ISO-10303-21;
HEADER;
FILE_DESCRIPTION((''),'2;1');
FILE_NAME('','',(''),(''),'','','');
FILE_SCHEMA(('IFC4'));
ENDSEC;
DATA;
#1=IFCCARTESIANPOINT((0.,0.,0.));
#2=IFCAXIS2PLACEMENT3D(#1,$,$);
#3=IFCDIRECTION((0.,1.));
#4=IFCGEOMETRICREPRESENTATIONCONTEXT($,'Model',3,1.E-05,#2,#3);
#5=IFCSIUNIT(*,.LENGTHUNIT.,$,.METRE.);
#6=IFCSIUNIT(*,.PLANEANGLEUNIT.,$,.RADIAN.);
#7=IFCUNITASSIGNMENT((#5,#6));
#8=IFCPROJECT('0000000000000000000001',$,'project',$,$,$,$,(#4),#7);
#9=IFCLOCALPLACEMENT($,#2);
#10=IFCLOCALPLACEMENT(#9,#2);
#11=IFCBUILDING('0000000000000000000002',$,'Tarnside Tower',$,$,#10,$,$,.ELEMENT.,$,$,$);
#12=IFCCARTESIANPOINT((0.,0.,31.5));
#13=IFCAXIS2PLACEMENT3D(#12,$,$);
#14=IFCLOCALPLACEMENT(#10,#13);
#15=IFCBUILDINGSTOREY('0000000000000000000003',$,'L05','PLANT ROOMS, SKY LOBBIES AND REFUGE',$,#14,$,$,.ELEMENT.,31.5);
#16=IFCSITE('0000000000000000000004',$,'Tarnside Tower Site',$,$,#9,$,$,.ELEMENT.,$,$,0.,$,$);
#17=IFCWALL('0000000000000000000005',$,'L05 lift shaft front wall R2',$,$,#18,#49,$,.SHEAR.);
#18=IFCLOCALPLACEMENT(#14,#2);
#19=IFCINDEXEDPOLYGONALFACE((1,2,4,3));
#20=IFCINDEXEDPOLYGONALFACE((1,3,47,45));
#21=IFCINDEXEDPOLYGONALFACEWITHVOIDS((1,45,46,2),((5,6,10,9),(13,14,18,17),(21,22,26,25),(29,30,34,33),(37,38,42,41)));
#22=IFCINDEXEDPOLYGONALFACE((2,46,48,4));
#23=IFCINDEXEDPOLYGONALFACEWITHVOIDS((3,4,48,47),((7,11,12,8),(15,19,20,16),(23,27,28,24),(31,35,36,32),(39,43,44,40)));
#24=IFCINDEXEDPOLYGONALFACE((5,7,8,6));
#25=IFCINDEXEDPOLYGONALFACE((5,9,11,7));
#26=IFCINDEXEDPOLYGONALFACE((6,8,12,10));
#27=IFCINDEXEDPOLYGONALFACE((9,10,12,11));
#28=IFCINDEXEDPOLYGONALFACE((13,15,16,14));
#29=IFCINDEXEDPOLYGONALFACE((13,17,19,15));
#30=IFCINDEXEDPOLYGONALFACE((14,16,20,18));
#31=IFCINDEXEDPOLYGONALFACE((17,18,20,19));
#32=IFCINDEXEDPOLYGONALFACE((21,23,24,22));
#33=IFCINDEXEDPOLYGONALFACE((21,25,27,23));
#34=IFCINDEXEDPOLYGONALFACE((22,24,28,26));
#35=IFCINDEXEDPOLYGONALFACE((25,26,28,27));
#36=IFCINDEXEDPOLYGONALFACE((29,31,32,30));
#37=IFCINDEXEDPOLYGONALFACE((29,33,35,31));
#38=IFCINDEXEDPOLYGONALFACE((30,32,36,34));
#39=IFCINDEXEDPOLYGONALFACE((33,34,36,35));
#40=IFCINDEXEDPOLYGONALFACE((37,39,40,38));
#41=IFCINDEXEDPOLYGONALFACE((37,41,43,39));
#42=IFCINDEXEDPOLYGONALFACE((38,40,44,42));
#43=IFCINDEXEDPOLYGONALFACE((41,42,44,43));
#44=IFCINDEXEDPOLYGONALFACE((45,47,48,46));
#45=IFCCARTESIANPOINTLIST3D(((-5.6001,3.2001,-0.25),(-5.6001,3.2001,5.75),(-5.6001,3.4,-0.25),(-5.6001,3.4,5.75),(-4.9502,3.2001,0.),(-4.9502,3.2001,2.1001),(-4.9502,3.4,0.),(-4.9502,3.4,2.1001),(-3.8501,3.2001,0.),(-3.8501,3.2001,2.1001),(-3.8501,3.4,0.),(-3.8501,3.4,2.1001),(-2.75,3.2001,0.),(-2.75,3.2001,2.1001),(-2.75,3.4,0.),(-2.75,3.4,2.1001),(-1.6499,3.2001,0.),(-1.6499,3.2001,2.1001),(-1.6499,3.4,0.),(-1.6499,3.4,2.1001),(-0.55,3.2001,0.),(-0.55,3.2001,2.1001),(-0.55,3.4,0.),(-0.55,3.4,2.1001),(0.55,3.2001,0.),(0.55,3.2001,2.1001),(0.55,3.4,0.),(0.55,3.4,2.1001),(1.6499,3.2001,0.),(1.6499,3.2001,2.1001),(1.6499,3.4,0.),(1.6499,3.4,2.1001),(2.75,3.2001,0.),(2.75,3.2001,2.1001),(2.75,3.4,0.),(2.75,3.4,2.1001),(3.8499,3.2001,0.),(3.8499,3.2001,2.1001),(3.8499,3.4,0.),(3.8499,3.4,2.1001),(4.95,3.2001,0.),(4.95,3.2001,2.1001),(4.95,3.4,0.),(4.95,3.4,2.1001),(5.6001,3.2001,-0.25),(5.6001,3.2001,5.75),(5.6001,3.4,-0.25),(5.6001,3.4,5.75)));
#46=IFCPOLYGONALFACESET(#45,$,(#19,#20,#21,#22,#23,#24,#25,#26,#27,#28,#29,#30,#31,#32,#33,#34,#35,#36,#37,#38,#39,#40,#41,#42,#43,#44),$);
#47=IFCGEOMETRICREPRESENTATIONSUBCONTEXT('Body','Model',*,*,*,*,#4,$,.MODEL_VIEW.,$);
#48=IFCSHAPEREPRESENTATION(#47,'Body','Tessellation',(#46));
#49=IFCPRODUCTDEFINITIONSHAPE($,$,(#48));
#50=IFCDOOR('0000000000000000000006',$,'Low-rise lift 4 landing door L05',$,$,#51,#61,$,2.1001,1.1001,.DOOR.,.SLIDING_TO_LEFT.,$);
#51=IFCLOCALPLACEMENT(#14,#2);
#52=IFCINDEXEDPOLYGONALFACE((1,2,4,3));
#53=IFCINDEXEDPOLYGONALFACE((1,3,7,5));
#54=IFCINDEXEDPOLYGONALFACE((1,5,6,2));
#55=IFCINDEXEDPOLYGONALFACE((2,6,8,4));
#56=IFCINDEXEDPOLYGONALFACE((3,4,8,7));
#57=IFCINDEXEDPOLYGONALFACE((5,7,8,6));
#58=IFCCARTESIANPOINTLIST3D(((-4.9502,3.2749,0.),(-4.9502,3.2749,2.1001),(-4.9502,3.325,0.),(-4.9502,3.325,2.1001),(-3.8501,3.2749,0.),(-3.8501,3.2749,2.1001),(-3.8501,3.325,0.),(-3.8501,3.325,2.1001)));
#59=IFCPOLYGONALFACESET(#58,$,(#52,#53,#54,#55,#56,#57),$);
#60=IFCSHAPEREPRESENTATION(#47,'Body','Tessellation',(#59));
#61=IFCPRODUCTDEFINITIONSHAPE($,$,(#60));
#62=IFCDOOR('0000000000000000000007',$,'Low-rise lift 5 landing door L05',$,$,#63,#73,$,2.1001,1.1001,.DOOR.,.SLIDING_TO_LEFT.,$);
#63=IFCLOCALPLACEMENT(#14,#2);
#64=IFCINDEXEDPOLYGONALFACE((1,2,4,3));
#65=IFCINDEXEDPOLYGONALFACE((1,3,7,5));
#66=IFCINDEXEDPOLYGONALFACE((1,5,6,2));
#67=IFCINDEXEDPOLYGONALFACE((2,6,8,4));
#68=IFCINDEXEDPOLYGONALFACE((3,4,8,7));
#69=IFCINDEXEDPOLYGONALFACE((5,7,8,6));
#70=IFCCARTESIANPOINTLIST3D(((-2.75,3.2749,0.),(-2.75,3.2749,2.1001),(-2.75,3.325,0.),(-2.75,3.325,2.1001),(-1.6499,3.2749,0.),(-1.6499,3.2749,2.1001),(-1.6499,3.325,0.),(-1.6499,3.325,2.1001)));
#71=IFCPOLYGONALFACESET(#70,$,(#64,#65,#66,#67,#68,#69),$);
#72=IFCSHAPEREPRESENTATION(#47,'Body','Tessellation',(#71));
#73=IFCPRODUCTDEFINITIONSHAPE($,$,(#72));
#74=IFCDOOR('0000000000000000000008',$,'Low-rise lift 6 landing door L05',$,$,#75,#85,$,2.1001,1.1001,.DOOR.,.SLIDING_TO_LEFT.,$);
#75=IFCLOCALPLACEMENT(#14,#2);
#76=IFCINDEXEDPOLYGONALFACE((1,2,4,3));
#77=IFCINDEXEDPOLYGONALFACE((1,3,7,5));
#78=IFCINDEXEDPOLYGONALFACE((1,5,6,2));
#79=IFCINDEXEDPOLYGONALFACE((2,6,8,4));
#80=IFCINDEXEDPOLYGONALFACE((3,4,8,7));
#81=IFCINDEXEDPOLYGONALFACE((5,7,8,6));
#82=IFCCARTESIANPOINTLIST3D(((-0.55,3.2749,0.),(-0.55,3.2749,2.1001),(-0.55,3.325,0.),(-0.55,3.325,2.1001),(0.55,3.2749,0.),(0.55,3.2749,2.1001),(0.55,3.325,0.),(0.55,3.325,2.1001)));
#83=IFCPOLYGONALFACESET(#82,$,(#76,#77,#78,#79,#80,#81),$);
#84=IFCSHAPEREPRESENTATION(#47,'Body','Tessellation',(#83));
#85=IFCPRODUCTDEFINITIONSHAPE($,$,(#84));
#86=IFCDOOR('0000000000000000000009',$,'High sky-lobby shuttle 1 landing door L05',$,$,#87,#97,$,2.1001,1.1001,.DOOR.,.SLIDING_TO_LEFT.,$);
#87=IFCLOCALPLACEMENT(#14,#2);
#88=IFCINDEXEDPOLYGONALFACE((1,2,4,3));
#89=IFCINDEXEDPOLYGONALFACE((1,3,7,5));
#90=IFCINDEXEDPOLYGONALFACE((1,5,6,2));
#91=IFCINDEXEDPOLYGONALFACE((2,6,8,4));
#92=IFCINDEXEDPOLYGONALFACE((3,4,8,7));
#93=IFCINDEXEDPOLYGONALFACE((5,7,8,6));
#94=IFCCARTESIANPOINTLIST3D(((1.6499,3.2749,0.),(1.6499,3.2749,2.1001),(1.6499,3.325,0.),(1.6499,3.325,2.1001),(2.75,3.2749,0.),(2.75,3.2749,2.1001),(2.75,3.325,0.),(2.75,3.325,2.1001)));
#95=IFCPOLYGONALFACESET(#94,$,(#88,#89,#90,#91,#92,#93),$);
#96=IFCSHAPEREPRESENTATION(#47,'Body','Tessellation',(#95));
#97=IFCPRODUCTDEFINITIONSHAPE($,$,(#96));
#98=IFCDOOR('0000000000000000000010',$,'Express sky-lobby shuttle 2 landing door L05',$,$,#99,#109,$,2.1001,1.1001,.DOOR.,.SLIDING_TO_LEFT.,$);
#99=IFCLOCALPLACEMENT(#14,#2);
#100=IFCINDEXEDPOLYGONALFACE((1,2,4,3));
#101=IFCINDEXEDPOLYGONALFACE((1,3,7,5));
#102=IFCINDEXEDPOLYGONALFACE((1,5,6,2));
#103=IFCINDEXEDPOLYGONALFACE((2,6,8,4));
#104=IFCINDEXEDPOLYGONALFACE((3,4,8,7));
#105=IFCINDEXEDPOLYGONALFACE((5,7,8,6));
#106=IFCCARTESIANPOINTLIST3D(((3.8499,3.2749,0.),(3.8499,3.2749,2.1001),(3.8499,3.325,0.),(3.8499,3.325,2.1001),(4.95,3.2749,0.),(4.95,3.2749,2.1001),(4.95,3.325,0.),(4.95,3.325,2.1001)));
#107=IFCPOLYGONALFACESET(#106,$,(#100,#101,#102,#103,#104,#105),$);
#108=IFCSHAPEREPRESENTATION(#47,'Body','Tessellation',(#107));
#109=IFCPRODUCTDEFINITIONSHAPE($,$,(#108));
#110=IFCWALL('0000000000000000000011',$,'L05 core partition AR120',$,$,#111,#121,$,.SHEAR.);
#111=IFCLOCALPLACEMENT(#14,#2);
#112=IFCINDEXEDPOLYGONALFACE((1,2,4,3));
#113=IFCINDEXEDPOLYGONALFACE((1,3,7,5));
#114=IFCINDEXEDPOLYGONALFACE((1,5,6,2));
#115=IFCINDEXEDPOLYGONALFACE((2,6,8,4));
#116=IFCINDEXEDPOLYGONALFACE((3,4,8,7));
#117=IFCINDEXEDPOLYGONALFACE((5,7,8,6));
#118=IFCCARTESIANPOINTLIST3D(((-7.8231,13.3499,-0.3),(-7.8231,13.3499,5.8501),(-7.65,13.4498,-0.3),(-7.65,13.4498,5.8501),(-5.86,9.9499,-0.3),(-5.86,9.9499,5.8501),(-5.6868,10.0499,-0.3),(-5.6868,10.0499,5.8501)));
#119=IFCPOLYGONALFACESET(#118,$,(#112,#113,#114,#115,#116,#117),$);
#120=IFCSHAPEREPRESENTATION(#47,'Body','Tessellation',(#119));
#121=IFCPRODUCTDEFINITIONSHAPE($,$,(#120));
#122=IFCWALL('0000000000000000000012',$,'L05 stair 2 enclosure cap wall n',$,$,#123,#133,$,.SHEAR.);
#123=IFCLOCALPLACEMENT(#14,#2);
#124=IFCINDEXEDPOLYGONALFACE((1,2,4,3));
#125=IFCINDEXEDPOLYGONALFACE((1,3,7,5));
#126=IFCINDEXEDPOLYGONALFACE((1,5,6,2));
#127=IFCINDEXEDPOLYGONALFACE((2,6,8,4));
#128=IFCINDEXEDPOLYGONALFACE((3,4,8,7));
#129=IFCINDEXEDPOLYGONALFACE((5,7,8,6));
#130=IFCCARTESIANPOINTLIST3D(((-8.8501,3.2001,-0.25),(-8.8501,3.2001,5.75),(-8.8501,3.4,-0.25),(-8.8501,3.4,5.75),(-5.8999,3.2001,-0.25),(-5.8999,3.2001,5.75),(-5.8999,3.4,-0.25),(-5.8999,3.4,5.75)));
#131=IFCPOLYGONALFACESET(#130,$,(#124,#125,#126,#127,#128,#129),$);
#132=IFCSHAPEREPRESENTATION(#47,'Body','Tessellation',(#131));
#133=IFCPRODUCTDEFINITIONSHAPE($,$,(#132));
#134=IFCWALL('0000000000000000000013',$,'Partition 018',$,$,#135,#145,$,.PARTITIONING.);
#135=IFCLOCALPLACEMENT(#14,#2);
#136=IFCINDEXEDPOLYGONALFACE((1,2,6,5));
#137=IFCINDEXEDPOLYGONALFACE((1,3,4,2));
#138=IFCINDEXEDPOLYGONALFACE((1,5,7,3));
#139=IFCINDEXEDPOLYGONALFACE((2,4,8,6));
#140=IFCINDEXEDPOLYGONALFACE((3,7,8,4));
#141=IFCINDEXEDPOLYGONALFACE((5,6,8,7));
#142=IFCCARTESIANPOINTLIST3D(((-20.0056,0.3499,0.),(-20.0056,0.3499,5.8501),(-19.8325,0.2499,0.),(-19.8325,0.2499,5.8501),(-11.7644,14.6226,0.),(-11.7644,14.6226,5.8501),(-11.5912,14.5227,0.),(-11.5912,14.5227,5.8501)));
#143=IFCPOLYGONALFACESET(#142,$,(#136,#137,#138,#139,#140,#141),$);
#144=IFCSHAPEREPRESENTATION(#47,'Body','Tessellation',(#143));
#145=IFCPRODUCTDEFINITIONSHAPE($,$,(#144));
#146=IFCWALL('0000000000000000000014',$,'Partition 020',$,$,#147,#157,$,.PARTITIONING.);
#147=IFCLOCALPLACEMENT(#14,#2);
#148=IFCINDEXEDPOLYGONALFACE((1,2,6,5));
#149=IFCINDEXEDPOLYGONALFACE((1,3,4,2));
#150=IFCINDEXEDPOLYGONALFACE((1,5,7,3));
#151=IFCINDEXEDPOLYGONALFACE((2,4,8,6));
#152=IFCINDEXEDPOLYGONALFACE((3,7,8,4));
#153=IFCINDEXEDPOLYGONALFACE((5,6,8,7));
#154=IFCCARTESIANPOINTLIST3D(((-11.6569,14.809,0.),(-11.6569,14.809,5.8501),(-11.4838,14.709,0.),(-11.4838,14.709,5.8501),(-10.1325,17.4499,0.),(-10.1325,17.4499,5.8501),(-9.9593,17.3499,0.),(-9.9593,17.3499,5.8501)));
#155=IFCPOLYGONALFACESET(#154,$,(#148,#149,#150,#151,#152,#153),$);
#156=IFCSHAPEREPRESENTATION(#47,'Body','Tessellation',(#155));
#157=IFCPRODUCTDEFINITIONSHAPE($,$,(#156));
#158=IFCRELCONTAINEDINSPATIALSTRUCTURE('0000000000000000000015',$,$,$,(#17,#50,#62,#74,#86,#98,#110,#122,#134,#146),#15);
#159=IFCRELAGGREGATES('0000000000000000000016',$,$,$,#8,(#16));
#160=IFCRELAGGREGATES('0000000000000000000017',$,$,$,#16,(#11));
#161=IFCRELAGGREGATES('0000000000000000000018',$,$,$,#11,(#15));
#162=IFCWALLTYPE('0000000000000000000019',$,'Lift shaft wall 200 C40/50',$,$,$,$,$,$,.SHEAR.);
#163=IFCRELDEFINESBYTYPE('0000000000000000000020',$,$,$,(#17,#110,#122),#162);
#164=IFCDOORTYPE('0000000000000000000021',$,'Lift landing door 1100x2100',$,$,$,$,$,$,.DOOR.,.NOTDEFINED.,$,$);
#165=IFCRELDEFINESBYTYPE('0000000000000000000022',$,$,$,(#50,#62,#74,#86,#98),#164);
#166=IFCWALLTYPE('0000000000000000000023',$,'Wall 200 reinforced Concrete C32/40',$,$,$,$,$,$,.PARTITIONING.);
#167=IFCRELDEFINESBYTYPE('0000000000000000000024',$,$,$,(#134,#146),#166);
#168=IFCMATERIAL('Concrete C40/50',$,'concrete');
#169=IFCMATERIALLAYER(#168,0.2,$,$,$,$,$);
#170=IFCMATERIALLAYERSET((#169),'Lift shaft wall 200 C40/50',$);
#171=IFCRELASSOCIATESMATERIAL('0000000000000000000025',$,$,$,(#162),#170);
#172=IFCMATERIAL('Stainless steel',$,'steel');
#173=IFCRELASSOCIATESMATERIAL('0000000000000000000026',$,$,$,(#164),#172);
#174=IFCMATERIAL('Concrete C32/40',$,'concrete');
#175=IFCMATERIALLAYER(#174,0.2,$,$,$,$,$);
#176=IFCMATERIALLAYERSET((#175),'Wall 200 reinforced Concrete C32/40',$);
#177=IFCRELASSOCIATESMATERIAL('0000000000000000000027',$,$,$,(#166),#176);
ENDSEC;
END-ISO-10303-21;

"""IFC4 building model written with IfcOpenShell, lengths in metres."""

from ifc_helpers import new_model, si_unit, direction, frame, frame_2d, origin, place, context, subcontext, project, spatial, rectangle, extrude, material, layer, layer_set, type_object, element, fill, save


model = new_model("IFC4")

# Units and contexts
model_context = context("Model", 3, precision=1e-05, world=origin(), true_north=direction((0.0, 1.0)))
body_context = subcontext(model_context, "Body", "Model", "MODEL_VIEW")
ifc_project = project(units=[si_unit("LENGTHUNIT", "METRE"), si_unit("PLANEANGLEUNIT", "RADIAN")], contexts=[model_context])

# Site, building, storey
site_placement = place(None, origin())
site = spatial("IfcSite", under=ifc_project, at=site_placement, Name="Tarnside Tower Site", CompositionType="ELEMENT", RefElevation=0.0)
building_placement = place(site_placement, origin())
building = spatial("IfcBuilding", under=site, at=building_placement, Name="Tarnside Tower", CompositionType="ELEMENT")
storey_placement = place(building_placement, frame((0.0, 0.0, 31.5)))
storey = spatial("IfcBuildingStorey", under=building, at=storey_placement, Name="L05", Description="PLANT ROOMS, SKY LOBBIES AND REFUGE", CompositionType="ELEMENT", Elevation=31.5)

# Shared definitions
ifc_material_1 = material(Name="Concrete C40/50", Category="concrete")
ifc_layer_1 = layer(ifc_material_1, 0.2)
ifc_layer_set_1 = layer_set([ifc_layer_1], Name="Lift shaft wall 200 C40/50")
wall_type_1 = type_object("IfcWallType", Name="Lift shaft wall 200 C40/50", PredefinedType="SHEAR", material=ifc_layer_set_1)
ifc_material_2 = material(Name="Stainless steel", Category="steel")
door_type_1 = type_object("IfcDoorType", Name="Lift landing door 1100x2100", OperationType="NOTDEFINED", PredefinedType="DOOR", material=ifc_material_2)

# Wall, openings, doors
wall_1_placement = place(storey_placement, frame((-5.6001, 3.3, -0.25), z_axis=(0.0, 0.0, 1.0), x_axis=(1.0, 0.0, 0.0)))
wall_1 = element("IfcWall", 1, at=wall_1_placement, inside=storey, type_object=wall_type_1, Name="L05 lift shaft front wall R2", PredefinedType="SHEAR", context=body_context, shape_type="SweptSolid", body=[
    extrude(rectangle(XDim=11.2002, YDim=0.2, at=frame_2d((5.6001, 0.0))), origin(), (0.0, 0.0, 1.0), 6.0),
])
opening_1_placement = place(wall_1_placement, frame((0.6499, 0.0, 0.25)))
opening_1 = element("IfcOpeningElement", 2, at=opening_1_placement, cuts=wall_1, PredefinedType="OPENING", context=body_context, shape_type="SweptSolid", body=[
    extrude(rectangle(XDim=1.1001, YDim=2.1001, at=frame_2d((0.55, 1.05))), frame((0.0, 0.1099, 0.0), z_axis=(0.0, -1.0, 0.0), x_axis=(1.0, 0.0, 0.0)), (0.0, 0.0, 1.0), 0.22),
])
opening_2_placement = place(wall_1_placement, frame((2.8501, 0.0, 0.25)))
opening_2 = element("IfcOpeningElement", 3, at=opening_2_placement, cuts=wall_1, PredefinedType="OPENING", context=body_context, shape_type="SweptSolid", body=[
    extrude(rectangle(XDim=1.1001, YDim=2.1001, at=frame_2d((0.55, 1.05))), frame((0.0, 0.1099, 0.0), z_axis=(0.0, -1.0, 0.0), x_axis=(1.0, 0.0, 0.0)), (0.0, 0.0, 1.0), 0.22),
])
opening_3_placement = place(wall_1_placement, frame((5.05, 0.0, 0.25)))
opening_3 = element("IfcOpeningElement", 4, at=opening_3_placement, cuts=wall_1, PredefinedType="OPENING", context=body_context, shape_type="SweptSolid", body=[
    extrude(rectangle(XDim=1.1001, YDim=2.1001, at=frame_2d((0.55, 1.05))), frame((0.0, 0.1099, 0.0), z_axis=(0.0, -1.0, 0.0), x_axis=(1.0, 0.0, 0.0)), (0.0, 0.0, 1.0), 0.22),
])
opening_4_placement = place(wall_1_placement, frame((7.25, 0.0, 0.25)))
opening_4 = element("IfcOpeningElement", 5, at=opening_4_placement, cuts=wall_1, PredefinedType="OPENING", context=body_context, shape_type="SweptSolid", body=[
    extrude(rectangle(XDim=1.1001, YDim=2.1001, at=frame_2d((0.55, 1.05))), frame((0.0, 0.1099, 0.0), z_axis=(0.0, -1.0, 0.0), x_axis=(1.0, 0.0, 0.0)), (0.0, 0.0, 1.0), 0.22),
])
opening_5_placement = place(wall_1_placement, frame((9.45, 0.0, 0.25)))
opening_5 = element("IfcOpeningElement", 6, at=opening_5_placement, cuts=wall_1, PredefinedType="OPENING", context=body_context, shape_type="SweptSolid", body=[
    extrude(rectangle(XDim=1.1001, YDim=2.1001, at=frame_2d((0.55, 1.05))), frame((0.0, 0.1099, 0.0), z_axis=(0.0, -1.0, 0.0), x_axis=(1.0, 0.0, 0.0)), (0.0, 0.0, 1.0), 0.22),
])
door_1_placement = place(opening_1_placement, origin())
door_1 = element("IfcDoor", 7, at=door_1_placement, inside=storey, type_object=door_type_1, Name="Low-rise lift 4 landing door L05", OperationType="SLIDING_TO_LEFT", OverallHeight=2.1001, OverallWidth=1.1001, PredefinedType="DOOR", context=body_context, shape_type="SweptSolid", body=[
    extrude(rectangle(XDim=1.1001, YDim=2.1001, at=frame_2d((0.55, 1.05))), frame((0.0, 0.0249, 0.0), z_axis=(0.0, -1.0, 0.0), x_axis=(1.0, 0.0, 0.0)), (0.0, 0.0, 1.0), 0.05),
])
fill(opening_1, door_1)
door_2_placement = place(opening_2_placement, origin())
door_2 = element("IfcDoor", 8, at=door_2_placement, inside=storey, type_object=door_type_1, Name="Low-rise lift 5 landing door L05", OperationType="SLIDING_TO_LEFT", OverallHeight=2.1001, OverallWidth=1.1001, PredefinedType="DOOR", context=body_context, shape_type="SweptSolid", body=[
    extrude(rectangle(XDim=1.1001, YDim=2.1001, at=frame_2d((0.55, 1.05))), frame((0.0, 0.0249, 0.0), z_axis=(0.0, -1.0, 0.0), x_axis=(1.0, 0.0, 0.0)), (0.0, 0.0, 1.0), 0.05),
])
fill(opening_2, door_2)
door_3_placement = place(opening_3_placement, origin())
door_3 = element("IfcDoor", 9, at=door_3_placement, inside=storey, type_object=door_type_1, Name="Low-rise lift 6 landing door L05", OperationType="SLIDING_TO_LEFT", OverallHeight=2.1001, OverallWidth=1.1001, PredefinedType="DOOR", context=body_context, shape_type="SweptSolid", body=[
    extrude(rectangle(XDim=1.1001, YDim=2.1001, at=frame_2d((0.55, 1.05))), frame((0.0, 0.0249, 0.0), z_axis=(0.0, -1.0, 0.0), x_axis=(1.0, 0.0, 0.0)), (0.0, 0.0, 1.0), 0.05),
])
fill(opening_3, door_3)
door_4_placement = place(opening_4_placement, origin())
door_4 = element("IfcDoor", 10, at=door_4_placement, inside=storey, type_object=door_type_1, Name="High sky-lobby shuttle 1 landing door L05", OperationType="SLIDING_TO_LEFT", OverallHeight=2.1001, OverallWidth=1.1001, PredefinedType="DOOR", context=body_context, shape_type="SweptSolid", body=[
    extrude(rectangle(XDim=1.1001, YDim=2.1001, at=frame_2d((0.55, 1.05))), frame((0.0, 0.0249, 0.0), z_axis=(0.0, -1.0, 0.0), x_axis=(1.0, 0.0, 0.0)), (0.0, 0.0, 1.0), 0.05),
])
fill(opening_4, door_4)
door_5_placement = place(opening_5_placement, origin())
door_5 = element("IfcDoor", 11, at=door_5_placement, inside=storey, type_object=door_type_1, Name="Express sky-lobby shuttle 2 landing door L05", OperationType="SLIDING_TO_LEFT", OverallHeight=2.1001, OverallWidth=1.1001, PredefinedType="DOOR", context=body_context, shape_type="SweptSolid", body=[
    extrude(rectangle(XDim=1.1001, YDim=2.1001, at=frame_2d((0.55, 1.05))), frame((0.0, 0.0249, 0.0), z_axis=(0.0, -1.0, 0.0), x_axis=(1.0, 0.0, 0.0)), (0.0, 0.0, 1.0), 0.05),
])
fill(opening_5, door_5)

# Walls
wall_2_placement = place(storey_placement, frame((-5.7734, 10.0, -0.3), z_axis=(0.0, 0.0, 1.0), x_axis=(-0.500038, 0.866003, 0.0)))
element("IfcWall", 12, at=wall_2_placement, inside=storey, type_object=wall_type_1, Name="L05 core partition AR120", PredefinedType="SHEAR", context=body_context, shape_type="SweptSolid", body=[
    extrude(rectangle(XDim=3.926, YDim=0.2, at=frame_2d((1.9629, 0.0))), origin(), (0.0, 0.0, 1.0), 6.1501),
])
wall_3_placement = place(storey_placement, frame((-8.8501, 3.3, -0.25), z_axis=(0.0, 0.0, 1.0), x_axis=(1.0, 0.0, 0.0)))
element("IfcWall", 13, at=wall_3_placement, inside=storey, type_object=wall_type_1, Name="L05 stair 2 enclosure cap wall n", PredefinedType="SHEAR", context=body_context, shape_type="SweptSolid", body=[
    extrude(rectangle(XDim=2.9502, YDim=0.2, at=frame_2d((1.4751, 0.0))), origin(), (0.0, 0.0, 1.0), 6.0),
])
ifc_material_3 = material(Name="Concrete C32/40", Category="concrete")
ifc_layer_2 = layer(ifc_material_3, 0.2)
ifc_layer_set_2 = layer_set([ifc_layer_2], Name="Wall 200 reinforced Concrete C32/40")
wall_type_2 = type_object("IfcWallType", Name="Wall 200 reinforced Concrete C32/40", PredefinedType="PARTITIONING", material=ifc_layer_set_2)
wall_4_placement = place(storey_placement, frame((-11.6777, 14.5728, 0.0), z_axis=(0.0, 0.0, 1.0), x_axis=(-0.500039, -0.866003, 0.0)))
element("IfcWall", 14, at=wall_4_placement, inside=storey, type_object=wall_type_2, Name="Partition 018", PredefinedType="PARTITIONING", context=body_context, shape_type="SweptSolid", body=[
    extrude(rectangle(XDim=16.4812, YDim=0.2, at=frame_2d((8.2407, 0.0))), origin(), (0.0, 0.0, 1.0), 5.8501),
])
wall_5_placement = place(storey_placement, frame((-10.0459, 17.3999, 0.0), z_axis=(0.0, 0.0, 1.0), x_axis=(-0.499928, -0.866067, 0.0)))
element("IfcWall", 15, at=wall_5_placement, inside=storey, type_object=wall_type_2, Name="Partition 020", PredefinedType="PARTITIONING", context=body_context, shape_type="SweptSolid", body=[
    extrude(rectangle(XDim=3.0493, YDim=0.2, at=frame_2d((1.5247, 0.0))), origin(), (0.0, 0.0, 1.0), 5.8501),
])

save(model, "model.ifc")
